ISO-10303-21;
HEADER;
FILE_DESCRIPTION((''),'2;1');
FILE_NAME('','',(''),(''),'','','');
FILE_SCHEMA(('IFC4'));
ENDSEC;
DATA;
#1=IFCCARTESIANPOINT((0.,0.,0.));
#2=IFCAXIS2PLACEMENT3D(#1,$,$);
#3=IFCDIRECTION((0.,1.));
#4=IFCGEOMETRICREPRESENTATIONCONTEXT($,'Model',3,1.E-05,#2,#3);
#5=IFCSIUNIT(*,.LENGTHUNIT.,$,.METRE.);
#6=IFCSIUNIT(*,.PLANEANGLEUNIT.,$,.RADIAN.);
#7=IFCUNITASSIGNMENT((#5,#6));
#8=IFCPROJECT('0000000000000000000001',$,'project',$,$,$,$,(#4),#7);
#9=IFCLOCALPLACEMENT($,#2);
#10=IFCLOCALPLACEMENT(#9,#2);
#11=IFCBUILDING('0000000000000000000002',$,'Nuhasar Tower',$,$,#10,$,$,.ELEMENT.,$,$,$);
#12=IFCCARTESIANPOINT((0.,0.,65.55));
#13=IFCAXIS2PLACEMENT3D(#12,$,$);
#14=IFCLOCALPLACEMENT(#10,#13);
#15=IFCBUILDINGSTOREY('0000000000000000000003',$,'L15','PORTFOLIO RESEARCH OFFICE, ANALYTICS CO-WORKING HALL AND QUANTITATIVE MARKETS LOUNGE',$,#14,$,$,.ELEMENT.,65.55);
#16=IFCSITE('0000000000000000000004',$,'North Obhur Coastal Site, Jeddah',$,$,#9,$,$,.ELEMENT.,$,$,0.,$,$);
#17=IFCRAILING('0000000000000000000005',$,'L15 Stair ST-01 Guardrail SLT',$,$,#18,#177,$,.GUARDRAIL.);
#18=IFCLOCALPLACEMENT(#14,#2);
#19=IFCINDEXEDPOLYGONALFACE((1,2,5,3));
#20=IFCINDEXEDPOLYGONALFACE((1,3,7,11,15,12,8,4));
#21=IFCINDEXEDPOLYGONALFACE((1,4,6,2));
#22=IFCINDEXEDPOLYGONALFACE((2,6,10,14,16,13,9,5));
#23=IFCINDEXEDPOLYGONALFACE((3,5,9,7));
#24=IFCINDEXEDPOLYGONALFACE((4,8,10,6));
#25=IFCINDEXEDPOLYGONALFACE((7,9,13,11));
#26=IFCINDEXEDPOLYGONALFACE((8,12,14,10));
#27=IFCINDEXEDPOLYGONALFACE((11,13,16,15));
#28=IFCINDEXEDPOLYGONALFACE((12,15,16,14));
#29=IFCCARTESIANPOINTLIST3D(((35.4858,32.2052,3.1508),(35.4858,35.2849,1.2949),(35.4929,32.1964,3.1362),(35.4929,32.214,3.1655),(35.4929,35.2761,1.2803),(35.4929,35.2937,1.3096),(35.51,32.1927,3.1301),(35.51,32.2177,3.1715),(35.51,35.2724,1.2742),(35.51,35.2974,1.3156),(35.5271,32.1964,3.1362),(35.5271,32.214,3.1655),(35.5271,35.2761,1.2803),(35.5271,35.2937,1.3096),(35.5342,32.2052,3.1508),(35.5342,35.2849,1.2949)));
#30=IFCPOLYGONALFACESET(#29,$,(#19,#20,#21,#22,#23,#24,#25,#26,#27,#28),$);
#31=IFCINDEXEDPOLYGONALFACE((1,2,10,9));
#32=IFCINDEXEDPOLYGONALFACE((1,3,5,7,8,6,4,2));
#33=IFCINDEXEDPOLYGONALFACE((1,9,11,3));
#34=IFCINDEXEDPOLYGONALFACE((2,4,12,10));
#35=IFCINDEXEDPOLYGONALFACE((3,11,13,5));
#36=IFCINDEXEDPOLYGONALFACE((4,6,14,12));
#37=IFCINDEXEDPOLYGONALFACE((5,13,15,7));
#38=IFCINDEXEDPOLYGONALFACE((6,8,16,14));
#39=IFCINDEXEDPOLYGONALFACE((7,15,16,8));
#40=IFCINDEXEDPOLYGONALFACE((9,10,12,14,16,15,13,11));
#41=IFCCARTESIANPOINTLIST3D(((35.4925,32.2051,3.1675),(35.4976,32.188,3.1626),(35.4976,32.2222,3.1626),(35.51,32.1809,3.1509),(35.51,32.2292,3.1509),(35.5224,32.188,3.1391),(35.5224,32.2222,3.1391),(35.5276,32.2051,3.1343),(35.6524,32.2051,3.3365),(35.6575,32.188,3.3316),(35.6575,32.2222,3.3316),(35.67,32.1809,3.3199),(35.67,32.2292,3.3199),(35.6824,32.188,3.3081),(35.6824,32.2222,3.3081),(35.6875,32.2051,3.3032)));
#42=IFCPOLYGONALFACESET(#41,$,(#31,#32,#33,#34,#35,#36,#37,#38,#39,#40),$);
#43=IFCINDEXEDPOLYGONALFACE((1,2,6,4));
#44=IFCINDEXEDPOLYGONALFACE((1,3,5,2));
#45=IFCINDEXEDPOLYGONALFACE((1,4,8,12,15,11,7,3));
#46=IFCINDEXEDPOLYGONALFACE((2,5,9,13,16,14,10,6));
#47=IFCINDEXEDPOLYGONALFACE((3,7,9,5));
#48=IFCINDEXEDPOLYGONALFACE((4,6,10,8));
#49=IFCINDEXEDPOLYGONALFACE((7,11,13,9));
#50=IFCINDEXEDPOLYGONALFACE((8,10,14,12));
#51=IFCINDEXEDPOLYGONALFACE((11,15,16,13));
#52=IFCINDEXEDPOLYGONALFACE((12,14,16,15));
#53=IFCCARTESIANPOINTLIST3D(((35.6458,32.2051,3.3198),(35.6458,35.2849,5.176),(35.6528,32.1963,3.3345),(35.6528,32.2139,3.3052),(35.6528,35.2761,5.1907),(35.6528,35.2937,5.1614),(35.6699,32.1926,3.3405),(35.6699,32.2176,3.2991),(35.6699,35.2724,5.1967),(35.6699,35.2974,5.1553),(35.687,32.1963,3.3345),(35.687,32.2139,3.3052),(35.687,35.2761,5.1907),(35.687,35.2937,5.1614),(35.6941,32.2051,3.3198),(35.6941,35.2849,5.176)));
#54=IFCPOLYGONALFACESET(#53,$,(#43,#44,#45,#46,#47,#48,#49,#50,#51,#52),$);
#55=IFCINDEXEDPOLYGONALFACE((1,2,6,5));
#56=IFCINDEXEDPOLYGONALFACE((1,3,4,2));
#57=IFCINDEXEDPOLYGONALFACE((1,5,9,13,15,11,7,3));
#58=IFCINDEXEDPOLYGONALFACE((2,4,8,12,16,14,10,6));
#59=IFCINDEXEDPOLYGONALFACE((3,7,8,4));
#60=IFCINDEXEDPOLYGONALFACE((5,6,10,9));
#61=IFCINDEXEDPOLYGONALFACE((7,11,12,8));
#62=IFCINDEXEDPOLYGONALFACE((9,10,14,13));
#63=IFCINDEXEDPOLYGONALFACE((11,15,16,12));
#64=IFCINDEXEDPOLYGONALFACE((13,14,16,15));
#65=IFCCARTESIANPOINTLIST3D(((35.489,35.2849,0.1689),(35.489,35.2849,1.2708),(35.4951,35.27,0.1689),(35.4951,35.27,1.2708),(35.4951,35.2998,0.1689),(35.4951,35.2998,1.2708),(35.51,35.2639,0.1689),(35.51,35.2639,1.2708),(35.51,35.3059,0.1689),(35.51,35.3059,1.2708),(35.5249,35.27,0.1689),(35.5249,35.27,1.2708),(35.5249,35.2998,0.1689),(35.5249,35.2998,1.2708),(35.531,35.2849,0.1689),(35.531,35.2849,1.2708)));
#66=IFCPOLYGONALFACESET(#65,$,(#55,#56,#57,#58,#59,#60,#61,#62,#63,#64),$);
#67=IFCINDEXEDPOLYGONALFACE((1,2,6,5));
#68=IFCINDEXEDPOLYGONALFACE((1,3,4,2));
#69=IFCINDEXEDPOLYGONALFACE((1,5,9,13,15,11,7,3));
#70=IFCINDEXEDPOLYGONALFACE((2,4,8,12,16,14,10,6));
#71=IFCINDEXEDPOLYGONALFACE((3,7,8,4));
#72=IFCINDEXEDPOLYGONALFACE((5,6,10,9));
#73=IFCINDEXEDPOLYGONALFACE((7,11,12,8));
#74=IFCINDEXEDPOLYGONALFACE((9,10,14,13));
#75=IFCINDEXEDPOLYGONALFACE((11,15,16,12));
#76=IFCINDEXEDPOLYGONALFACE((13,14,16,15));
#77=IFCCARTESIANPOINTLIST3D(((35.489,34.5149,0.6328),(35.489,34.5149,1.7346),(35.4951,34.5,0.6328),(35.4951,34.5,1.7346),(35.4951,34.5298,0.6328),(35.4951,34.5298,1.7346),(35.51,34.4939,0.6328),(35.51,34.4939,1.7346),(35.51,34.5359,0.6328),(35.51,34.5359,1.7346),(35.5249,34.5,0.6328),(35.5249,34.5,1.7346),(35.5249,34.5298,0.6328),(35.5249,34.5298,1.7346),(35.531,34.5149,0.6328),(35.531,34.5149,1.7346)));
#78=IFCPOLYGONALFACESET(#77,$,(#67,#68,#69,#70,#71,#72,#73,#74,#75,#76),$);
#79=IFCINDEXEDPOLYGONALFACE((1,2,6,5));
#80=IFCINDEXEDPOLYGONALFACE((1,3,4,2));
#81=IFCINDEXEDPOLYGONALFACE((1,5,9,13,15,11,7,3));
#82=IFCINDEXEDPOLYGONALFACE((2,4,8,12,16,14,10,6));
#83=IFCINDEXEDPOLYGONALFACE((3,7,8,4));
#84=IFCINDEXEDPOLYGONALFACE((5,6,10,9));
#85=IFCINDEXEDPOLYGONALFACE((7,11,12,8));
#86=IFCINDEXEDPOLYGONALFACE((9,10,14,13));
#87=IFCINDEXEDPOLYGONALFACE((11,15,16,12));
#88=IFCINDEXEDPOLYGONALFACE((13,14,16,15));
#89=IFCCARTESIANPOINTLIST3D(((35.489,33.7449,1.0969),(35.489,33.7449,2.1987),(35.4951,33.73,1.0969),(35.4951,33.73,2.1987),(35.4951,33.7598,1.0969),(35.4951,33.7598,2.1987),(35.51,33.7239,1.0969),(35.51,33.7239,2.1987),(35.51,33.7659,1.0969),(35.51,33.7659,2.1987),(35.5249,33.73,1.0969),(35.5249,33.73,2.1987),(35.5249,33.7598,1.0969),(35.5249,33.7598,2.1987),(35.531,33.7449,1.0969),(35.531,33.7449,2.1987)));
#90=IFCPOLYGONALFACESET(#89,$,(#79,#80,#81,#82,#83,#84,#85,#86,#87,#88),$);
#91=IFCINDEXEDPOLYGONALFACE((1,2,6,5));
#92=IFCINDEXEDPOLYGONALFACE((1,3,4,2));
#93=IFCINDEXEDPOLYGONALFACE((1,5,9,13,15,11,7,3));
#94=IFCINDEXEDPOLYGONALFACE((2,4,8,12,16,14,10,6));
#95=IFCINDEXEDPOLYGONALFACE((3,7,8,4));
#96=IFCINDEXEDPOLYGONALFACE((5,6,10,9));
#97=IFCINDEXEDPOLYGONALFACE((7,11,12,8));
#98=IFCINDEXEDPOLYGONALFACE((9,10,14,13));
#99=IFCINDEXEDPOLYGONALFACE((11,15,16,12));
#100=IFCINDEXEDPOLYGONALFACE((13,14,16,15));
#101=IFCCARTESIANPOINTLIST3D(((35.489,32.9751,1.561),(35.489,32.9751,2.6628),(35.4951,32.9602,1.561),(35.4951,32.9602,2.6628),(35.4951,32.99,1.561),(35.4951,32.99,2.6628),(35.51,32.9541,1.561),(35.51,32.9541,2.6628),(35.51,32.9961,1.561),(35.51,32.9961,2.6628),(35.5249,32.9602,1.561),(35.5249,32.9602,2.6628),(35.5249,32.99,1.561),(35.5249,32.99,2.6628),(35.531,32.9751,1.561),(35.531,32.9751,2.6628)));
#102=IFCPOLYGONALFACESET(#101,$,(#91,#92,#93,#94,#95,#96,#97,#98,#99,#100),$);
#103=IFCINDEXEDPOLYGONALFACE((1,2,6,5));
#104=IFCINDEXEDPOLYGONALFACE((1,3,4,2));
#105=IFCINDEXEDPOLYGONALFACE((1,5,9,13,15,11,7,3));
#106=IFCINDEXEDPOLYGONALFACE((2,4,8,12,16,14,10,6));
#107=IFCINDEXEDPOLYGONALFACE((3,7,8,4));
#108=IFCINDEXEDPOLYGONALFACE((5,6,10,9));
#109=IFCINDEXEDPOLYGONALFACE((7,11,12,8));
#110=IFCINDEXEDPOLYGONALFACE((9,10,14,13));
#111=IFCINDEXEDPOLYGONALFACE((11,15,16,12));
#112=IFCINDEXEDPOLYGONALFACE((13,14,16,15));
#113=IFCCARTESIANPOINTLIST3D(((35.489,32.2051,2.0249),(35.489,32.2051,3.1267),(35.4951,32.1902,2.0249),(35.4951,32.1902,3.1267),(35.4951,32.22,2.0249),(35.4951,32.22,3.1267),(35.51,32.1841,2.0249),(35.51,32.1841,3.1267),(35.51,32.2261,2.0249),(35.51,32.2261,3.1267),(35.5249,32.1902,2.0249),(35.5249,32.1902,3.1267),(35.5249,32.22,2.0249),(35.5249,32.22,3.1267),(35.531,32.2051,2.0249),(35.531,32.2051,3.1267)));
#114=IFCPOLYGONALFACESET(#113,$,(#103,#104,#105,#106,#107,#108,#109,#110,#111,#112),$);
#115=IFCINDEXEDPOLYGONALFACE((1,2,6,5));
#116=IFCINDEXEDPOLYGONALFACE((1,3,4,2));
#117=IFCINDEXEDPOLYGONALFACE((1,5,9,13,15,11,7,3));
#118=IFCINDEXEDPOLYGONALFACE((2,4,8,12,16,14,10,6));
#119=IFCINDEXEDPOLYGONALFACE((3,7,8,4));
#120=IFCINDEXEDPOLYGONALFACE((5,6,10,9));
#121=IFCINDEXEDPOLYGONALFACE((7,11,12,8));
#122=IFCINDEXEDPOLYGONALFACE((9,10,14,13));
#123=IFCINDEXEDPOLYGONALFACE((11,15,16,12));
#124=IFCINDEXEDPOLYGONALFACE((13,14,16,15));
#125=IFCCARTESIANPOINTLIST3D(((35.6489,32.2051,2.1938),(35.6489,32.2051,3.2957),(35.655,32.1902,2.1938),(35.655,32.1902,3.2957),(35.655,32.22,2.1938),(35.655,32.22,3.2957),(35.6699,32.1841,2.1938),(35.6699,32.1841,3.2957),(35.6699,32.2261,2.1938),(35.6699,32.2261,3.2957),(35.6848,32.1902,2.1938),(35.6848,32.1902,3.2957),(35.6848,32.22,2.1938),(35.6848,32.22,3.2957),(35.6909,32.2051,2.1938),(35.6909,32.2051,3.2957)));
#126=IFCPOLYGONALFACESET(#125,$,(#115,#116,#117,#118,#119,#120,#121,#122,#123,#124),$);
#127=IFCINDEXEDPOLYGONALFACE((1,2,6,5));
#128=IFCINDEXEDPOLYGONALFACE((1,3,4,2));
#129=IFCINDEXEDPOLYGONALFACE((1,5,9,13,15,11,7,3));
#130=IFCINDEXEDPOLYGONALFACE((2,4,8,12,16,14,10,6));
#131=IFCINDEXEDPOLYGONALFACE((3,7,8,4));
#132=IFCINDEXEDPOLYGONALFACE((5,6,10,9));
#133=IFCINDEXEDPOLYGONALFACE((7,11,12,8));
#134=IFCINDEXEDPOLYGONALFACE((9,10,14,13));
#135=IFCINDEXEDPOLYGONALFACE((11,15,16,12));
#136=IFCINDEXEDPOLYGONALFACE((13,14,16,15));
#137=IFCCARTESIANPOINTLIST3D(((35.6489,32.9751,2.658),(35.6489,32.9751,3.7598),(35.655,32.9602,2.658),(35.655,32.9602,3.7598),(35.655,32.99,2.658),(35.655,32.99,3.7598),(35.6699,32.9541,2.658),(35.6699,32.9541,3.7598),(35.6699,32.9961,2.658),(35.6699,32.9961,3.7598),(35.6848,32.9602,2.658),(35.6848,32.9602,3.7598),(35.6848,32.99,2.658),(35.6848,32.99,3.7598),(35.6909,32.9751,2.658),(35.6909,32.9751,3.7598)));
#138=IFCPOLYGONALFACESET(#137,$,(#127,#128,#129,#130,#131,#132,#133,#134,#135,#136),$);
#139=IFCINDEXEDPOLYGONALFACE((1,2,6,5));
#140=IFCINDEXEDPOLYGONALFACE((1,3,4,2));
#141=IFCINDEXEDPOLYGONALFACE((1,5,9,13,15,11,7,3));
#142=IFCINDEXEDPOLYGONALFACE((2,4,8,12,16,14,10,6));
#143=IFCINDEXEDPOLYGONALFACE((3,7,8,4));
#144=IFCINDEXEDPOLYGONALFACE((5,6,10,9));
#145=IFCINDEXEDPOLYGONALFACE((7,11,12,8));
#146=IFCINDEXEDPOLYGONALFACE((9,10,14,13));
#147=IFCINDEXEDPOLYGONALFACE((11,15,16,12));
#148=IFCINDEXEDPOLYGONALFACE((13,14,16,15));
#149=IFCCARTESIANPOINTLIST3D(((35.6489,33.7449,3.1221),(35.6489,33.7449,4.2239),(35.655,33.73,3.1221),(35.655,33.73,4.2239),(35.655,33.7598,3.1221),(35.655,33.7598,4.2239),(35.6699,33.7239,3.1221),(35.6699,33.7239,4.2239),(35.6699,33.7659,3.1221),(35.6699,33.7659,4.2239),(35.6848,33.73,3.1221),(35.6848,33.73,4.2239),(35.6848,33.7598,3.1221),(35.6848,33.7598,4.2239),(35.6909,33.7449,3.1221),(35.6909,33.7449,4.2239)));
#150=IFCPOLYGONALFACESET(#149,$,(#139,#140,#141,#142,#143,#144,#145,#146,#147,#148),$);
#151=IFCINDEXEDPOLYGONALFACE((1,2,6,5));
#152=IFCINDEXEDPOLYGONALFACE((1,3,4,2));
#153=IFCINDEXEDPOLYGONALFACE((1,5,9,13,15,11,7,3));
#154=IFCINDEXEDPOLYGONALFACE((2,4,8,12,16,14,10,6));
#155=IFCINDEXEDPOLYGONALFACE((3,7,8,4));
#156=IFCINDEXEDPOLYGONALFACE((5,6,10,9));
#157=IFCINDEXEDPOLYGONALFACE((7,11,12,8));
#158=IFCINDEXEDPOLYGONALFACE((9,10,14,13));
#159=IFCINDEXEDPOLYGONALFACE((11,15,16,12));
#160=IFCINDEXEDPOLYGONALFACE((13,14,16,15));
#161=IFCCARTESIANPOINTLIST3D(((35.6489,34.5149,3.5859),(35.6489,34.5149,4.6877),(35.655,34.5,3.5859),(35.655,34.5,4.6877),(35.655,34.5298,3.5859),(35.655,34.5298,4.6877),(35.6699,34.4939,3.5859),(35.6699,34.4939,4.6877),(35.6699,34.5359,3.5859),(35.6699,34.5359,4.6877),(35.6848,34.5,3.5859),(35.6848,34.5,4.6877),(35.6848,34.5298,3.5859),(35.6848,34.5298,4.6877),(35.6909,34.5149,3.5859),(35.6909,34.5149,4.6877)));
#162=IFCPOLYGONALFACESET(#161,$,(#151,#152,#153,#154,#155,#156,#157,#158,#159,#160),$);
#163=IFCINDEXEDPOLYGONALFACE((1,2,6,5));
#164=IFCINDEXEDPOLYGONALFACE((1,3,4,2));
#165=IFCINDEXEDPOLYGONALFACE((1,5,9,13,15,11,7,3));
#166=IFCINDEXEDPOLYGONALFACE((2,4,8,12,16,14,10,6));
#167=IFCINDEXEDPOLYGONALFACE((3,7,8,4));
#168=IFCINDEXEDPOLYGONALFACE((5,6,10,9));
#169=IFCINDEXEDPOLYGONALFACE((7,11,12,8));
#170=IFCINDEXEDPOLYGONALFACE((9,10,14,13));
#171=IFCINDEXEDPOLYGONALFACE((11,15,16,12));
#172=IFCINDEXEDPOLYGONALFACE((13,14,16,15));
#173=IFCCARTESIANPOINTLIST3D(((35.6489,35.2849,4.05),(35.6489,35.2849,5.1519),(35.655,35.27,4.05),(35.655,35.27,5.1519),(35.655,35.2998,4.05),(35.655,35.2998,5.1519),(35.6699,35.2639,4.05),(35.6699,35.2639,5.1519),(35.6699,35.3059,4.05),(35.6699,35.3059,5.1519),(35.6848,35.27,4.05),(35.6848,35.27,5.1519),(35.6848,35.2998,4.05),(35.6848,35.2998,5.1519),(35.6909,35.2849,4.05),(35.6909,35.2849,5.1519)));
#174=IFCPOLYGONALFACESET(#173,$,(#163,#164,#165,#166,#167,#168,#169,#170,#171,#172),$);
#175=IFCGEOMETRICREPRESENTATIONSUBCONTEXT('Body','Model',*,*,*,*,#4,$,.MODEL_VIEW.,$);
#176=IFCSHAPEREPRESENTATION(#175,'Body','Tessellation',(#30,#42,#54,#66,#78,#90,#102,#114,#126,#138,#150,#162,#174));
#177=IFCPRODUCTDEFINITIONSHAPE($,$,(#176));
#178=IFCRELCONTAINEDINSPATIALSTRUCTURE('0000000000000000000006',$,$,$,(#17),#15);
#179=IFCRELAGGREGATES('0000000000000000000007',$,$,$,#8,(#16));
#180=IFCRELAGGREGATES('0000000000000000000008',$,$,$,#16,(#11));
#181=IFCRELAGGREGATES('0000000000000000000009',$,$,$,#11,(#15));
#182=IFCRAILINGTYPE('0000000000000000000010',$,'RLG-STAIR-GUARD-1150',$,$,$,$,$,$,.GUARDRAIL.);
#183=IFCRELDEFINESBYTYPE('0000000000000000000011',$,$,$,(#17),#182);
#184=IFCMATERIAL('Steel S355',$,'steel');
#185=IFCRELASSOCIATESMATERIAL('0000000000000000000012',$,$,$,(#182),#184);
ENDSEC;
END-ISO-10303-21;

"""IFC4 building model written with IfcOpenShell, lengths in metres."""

from ifc_helpers import new_model, si_unit, direction, frame, origin, place, context, subcontext, project, spatial, polyline, outline, extrude, material, type_object, element, save


model = new_model("IFC4")

# Units and contexts
model_context = context("Model", 3, precision=1e-05, world=origin(), true_north=direction((0.0, 1.0)))
body_context = subcontext(model_context, "Body", "Model", "MODEL_VIEW")
ifc_project = project(units=[si_unit("LENGTHUNIT", "METRE"), si_unit("PLANEANGLEUNIT", "RADIAN")], contexts=[model_context])

# Site, building, storey
site_placement = place(None, origin())
site = spatial("IfcSite", under=ifc_project, at=site_placement, Name="North Obhur Coastal Site, Jeddah", CompositionType="ELEMENT", RefElevation=0.0)
building_placement = place(site_placement, origin())
building = spatial("IfcBuilding", under=site, at=building_placement, Name="Nuhasar Tower", CompositionType="ELEMENT")
storey_placement = place(building_placement, frame((0.0, 0.0, 65.55)))
storey = spatial("IfcBuildingStorey", under=building, at=storey_placement, Name="L15", Description="PORTFOLIO RESEARCH OFFICE, ANALYTICS CO-WORKING HALL AND QUANTITATIVE MARKETS LOUNGE", CompositionType="ELEMENT", Elevation=65.55)

# Shared definitions
ifc_material_1 = material(Name="Steel S355", Category="steel")

# Railing
railing_type_1 = type_object("IfcRailingType", Name="RLG-STAIR-GUARD-1150", PredefinedType="GUARDRAIL", material=ifc_material_1)
railing_1_placement = place(storey_placement, frame((35.51, 35.2849, 0.1689)))
element("IfcRailing", 1, at=railing_1_placement, inside=storey, type_object=railing_type_1, Name="L15 Stair ST-01 Guardrail SLT", PredefinedType="GUARDRAIL", context=body_context, shape_type="SweptSolid", body=[
    extrude(outline(polyline([(0.0242, 0.0), (0.0171, 0.0171), (0.0, 0.0242), (-0.0171, 0.0171), (-0.0242, 0.0), (-0.0171, -0.0171), (0.0, -0.0242), (0.0171, -0.0171), (0.0242, 0.0)])), frame((0.0, 0.0, 1.126), z_axis=(0.0, -0.856503, 0.516142), x_axis=(1.0, 0.0, 0.0)), (0.0, 0.0, 1.0), 3.5957),
    extrude(outline(polyline([(0.0242, 0.0), (0.0171, 0.0171), (0.0, 0.0242), (-0.0171, 0.0171), (-0.0242, 0.0), (-0.0171, -0.0171), (0.0, -0.0242), (0.0171, -0.0171), (0.0242, 0.0)])), frame((0.0, -3.0798, 2.9819), z_axis=(0.687424, 0.0, 0.726256), x_axis=(0.0, 1.0, 0.0)), (0.0, 0.0, 1.0), 0.2327),
    extrude(outline(polyline([(0.0242, 0.0), (0.0171, 0.0171), (0.0, 0.0242), (-0.0171, 0.0171), (-0.0242, 0.0), (-0.0171, -0.0171), (0.0, -0.0242), (0.0171, -0.0171), (0.0242, 0.0)])), frame((0.1599, -3.0798, 3.1509), z_axis=(0.0, 0.856473, 0.516192), x_axis=(-1.0, 0.0, 0.0)), (0.0, 0.0, 1.0), 3.5959),
    extrude(outline(polyline([(0.021, 0.0), (0.0149, 0.0149), (0.0, 0.021), (-0.0149, 0.0149), (-0.021, 0.0), (-0.0149, -0.0149), (0.0, -0.021), (0.0149, -0.0149), (0.021, 0.0)])), origin(), (0.0, 0.0, 1.0), 1.1018),
    extrude(outline(polyline([(0.021, 0.0), (0.0149, 0.0149), (0.0, 0.021), (-0.0149, 0.0149), (-0.021, 0.0), (-0.0149, -0.0149), (0.0, -0.021), (0.0149, -0.0149), (0.021, 0.0)])), frame((0.0, -0.77, 0.4639)), (0.0, 0.0, 1.0), 1.1018),
    extrude(outline(polyline([(0.021, 0.0), (0.0149, 0.0149), (0.0, 0.021), (-0.0149, 0.0149), (-0.021, 0.0), (-0.0149, -0.0149), (0.0, -0.021), (0.0149, -0.0149), (0.021, 0.0)])), frame((0.0, -1.54, 0.928)), (0.0, 0.0, 1.0), 1.1018),
    extrude(outline(polyline([(0.021, 0.0), (0.0149, 0.0149), (0.0, 0.021), (-0.0149, 0.0149), (-0.021, 0.0), (-0.0149, -0.0149), (0.0, -0.021), (0.0149, -0.0149), (0.021, 0.0)])), frame((0.0, -2.3098, 1.3921)), (0.0, 0.0, 1.0), 1.1018),
    extrude(outline(polyline([(0.021, 0.0), (0.0149, 0.0149), (0.0, 0.021), (-0.0149, 0.0149), (-0.021, 0.0), (-0.0149, -0.0149), (0.0, -0.021), (0.0149, -0.0149), (0.021, 0.0)])), frame((0.0, -3.0798, 1.856)), (0.0, 0.0, 1.0), 1.1018),
    extrude(outline(polyline([(0.021, 0.0), (0.0149, 0.0149), (0.0, 0.021), (-0.0149, 0.0149), (-0.021, 0.0), (-0.0149, -0.0149), (0.0, -0.021), (0.0149, -0.0149), (0.021, 0.0)])), frame((0.1599, -3.0798, 2.0249)), (0.0, 0.0, 1.0), 1.1018),
    extrude(outline(polyline([(0.021, 0.0), (0.0149, 0.0149), (0.0, 0.021), (-0.0149, 0.0149), (-0.021, 0.0), (-0.0149, -0.0149), (0.0, -0.021), (0.0149, -0.0149), (0.021, 0.0)])), frame((0.1599, -2.3098, 2.489)), (0.0, 0.0, 1.0), 1.1018),
    extrude(outline(polyline([(0.021, 0.0), (0.0149, 0.0149), (0.0, 0.021), (-0.0149, 0.0149), (-0.021, 0.0), (-0.0149, -0.0149), (0.0, -0.021), (0.0149, -0.0149), (0.021, 0.0)])), frame((0.1599, -1.54, 2.9531)), (0.0, 0.0, 1.0), 1.1018),
    extrude(outline(polyline([(0.021, 0.0), (0.0149, 0.0149), (0.0, 0.021), (-0.0149, 0.0149), (-0.021, 0.0), (-0.0149, -0.0149), (0.0, -0.021), (0.0149, -0.0149), (0.021, 0.0)])), frame((0.1599, -0.77, 3.417)), (0.0, 0.0, 1.0), 1.1018),
    extrude(outline(polyline([(0.021, 0.0), (0.0149, 0.0149), (0.0, 0.021), (-0.0149, 0.0149), (-0.021, 0.0), (-0.0149, -0.0149), (0.0, -0.021), (0.0149, -0.0149), (0.021, 0.0)])), frame((0.1599, 0.0, 3.8811)), (0.0, 0.0, 1.0), 1.1018),
])

save(model, "model.ifc")
